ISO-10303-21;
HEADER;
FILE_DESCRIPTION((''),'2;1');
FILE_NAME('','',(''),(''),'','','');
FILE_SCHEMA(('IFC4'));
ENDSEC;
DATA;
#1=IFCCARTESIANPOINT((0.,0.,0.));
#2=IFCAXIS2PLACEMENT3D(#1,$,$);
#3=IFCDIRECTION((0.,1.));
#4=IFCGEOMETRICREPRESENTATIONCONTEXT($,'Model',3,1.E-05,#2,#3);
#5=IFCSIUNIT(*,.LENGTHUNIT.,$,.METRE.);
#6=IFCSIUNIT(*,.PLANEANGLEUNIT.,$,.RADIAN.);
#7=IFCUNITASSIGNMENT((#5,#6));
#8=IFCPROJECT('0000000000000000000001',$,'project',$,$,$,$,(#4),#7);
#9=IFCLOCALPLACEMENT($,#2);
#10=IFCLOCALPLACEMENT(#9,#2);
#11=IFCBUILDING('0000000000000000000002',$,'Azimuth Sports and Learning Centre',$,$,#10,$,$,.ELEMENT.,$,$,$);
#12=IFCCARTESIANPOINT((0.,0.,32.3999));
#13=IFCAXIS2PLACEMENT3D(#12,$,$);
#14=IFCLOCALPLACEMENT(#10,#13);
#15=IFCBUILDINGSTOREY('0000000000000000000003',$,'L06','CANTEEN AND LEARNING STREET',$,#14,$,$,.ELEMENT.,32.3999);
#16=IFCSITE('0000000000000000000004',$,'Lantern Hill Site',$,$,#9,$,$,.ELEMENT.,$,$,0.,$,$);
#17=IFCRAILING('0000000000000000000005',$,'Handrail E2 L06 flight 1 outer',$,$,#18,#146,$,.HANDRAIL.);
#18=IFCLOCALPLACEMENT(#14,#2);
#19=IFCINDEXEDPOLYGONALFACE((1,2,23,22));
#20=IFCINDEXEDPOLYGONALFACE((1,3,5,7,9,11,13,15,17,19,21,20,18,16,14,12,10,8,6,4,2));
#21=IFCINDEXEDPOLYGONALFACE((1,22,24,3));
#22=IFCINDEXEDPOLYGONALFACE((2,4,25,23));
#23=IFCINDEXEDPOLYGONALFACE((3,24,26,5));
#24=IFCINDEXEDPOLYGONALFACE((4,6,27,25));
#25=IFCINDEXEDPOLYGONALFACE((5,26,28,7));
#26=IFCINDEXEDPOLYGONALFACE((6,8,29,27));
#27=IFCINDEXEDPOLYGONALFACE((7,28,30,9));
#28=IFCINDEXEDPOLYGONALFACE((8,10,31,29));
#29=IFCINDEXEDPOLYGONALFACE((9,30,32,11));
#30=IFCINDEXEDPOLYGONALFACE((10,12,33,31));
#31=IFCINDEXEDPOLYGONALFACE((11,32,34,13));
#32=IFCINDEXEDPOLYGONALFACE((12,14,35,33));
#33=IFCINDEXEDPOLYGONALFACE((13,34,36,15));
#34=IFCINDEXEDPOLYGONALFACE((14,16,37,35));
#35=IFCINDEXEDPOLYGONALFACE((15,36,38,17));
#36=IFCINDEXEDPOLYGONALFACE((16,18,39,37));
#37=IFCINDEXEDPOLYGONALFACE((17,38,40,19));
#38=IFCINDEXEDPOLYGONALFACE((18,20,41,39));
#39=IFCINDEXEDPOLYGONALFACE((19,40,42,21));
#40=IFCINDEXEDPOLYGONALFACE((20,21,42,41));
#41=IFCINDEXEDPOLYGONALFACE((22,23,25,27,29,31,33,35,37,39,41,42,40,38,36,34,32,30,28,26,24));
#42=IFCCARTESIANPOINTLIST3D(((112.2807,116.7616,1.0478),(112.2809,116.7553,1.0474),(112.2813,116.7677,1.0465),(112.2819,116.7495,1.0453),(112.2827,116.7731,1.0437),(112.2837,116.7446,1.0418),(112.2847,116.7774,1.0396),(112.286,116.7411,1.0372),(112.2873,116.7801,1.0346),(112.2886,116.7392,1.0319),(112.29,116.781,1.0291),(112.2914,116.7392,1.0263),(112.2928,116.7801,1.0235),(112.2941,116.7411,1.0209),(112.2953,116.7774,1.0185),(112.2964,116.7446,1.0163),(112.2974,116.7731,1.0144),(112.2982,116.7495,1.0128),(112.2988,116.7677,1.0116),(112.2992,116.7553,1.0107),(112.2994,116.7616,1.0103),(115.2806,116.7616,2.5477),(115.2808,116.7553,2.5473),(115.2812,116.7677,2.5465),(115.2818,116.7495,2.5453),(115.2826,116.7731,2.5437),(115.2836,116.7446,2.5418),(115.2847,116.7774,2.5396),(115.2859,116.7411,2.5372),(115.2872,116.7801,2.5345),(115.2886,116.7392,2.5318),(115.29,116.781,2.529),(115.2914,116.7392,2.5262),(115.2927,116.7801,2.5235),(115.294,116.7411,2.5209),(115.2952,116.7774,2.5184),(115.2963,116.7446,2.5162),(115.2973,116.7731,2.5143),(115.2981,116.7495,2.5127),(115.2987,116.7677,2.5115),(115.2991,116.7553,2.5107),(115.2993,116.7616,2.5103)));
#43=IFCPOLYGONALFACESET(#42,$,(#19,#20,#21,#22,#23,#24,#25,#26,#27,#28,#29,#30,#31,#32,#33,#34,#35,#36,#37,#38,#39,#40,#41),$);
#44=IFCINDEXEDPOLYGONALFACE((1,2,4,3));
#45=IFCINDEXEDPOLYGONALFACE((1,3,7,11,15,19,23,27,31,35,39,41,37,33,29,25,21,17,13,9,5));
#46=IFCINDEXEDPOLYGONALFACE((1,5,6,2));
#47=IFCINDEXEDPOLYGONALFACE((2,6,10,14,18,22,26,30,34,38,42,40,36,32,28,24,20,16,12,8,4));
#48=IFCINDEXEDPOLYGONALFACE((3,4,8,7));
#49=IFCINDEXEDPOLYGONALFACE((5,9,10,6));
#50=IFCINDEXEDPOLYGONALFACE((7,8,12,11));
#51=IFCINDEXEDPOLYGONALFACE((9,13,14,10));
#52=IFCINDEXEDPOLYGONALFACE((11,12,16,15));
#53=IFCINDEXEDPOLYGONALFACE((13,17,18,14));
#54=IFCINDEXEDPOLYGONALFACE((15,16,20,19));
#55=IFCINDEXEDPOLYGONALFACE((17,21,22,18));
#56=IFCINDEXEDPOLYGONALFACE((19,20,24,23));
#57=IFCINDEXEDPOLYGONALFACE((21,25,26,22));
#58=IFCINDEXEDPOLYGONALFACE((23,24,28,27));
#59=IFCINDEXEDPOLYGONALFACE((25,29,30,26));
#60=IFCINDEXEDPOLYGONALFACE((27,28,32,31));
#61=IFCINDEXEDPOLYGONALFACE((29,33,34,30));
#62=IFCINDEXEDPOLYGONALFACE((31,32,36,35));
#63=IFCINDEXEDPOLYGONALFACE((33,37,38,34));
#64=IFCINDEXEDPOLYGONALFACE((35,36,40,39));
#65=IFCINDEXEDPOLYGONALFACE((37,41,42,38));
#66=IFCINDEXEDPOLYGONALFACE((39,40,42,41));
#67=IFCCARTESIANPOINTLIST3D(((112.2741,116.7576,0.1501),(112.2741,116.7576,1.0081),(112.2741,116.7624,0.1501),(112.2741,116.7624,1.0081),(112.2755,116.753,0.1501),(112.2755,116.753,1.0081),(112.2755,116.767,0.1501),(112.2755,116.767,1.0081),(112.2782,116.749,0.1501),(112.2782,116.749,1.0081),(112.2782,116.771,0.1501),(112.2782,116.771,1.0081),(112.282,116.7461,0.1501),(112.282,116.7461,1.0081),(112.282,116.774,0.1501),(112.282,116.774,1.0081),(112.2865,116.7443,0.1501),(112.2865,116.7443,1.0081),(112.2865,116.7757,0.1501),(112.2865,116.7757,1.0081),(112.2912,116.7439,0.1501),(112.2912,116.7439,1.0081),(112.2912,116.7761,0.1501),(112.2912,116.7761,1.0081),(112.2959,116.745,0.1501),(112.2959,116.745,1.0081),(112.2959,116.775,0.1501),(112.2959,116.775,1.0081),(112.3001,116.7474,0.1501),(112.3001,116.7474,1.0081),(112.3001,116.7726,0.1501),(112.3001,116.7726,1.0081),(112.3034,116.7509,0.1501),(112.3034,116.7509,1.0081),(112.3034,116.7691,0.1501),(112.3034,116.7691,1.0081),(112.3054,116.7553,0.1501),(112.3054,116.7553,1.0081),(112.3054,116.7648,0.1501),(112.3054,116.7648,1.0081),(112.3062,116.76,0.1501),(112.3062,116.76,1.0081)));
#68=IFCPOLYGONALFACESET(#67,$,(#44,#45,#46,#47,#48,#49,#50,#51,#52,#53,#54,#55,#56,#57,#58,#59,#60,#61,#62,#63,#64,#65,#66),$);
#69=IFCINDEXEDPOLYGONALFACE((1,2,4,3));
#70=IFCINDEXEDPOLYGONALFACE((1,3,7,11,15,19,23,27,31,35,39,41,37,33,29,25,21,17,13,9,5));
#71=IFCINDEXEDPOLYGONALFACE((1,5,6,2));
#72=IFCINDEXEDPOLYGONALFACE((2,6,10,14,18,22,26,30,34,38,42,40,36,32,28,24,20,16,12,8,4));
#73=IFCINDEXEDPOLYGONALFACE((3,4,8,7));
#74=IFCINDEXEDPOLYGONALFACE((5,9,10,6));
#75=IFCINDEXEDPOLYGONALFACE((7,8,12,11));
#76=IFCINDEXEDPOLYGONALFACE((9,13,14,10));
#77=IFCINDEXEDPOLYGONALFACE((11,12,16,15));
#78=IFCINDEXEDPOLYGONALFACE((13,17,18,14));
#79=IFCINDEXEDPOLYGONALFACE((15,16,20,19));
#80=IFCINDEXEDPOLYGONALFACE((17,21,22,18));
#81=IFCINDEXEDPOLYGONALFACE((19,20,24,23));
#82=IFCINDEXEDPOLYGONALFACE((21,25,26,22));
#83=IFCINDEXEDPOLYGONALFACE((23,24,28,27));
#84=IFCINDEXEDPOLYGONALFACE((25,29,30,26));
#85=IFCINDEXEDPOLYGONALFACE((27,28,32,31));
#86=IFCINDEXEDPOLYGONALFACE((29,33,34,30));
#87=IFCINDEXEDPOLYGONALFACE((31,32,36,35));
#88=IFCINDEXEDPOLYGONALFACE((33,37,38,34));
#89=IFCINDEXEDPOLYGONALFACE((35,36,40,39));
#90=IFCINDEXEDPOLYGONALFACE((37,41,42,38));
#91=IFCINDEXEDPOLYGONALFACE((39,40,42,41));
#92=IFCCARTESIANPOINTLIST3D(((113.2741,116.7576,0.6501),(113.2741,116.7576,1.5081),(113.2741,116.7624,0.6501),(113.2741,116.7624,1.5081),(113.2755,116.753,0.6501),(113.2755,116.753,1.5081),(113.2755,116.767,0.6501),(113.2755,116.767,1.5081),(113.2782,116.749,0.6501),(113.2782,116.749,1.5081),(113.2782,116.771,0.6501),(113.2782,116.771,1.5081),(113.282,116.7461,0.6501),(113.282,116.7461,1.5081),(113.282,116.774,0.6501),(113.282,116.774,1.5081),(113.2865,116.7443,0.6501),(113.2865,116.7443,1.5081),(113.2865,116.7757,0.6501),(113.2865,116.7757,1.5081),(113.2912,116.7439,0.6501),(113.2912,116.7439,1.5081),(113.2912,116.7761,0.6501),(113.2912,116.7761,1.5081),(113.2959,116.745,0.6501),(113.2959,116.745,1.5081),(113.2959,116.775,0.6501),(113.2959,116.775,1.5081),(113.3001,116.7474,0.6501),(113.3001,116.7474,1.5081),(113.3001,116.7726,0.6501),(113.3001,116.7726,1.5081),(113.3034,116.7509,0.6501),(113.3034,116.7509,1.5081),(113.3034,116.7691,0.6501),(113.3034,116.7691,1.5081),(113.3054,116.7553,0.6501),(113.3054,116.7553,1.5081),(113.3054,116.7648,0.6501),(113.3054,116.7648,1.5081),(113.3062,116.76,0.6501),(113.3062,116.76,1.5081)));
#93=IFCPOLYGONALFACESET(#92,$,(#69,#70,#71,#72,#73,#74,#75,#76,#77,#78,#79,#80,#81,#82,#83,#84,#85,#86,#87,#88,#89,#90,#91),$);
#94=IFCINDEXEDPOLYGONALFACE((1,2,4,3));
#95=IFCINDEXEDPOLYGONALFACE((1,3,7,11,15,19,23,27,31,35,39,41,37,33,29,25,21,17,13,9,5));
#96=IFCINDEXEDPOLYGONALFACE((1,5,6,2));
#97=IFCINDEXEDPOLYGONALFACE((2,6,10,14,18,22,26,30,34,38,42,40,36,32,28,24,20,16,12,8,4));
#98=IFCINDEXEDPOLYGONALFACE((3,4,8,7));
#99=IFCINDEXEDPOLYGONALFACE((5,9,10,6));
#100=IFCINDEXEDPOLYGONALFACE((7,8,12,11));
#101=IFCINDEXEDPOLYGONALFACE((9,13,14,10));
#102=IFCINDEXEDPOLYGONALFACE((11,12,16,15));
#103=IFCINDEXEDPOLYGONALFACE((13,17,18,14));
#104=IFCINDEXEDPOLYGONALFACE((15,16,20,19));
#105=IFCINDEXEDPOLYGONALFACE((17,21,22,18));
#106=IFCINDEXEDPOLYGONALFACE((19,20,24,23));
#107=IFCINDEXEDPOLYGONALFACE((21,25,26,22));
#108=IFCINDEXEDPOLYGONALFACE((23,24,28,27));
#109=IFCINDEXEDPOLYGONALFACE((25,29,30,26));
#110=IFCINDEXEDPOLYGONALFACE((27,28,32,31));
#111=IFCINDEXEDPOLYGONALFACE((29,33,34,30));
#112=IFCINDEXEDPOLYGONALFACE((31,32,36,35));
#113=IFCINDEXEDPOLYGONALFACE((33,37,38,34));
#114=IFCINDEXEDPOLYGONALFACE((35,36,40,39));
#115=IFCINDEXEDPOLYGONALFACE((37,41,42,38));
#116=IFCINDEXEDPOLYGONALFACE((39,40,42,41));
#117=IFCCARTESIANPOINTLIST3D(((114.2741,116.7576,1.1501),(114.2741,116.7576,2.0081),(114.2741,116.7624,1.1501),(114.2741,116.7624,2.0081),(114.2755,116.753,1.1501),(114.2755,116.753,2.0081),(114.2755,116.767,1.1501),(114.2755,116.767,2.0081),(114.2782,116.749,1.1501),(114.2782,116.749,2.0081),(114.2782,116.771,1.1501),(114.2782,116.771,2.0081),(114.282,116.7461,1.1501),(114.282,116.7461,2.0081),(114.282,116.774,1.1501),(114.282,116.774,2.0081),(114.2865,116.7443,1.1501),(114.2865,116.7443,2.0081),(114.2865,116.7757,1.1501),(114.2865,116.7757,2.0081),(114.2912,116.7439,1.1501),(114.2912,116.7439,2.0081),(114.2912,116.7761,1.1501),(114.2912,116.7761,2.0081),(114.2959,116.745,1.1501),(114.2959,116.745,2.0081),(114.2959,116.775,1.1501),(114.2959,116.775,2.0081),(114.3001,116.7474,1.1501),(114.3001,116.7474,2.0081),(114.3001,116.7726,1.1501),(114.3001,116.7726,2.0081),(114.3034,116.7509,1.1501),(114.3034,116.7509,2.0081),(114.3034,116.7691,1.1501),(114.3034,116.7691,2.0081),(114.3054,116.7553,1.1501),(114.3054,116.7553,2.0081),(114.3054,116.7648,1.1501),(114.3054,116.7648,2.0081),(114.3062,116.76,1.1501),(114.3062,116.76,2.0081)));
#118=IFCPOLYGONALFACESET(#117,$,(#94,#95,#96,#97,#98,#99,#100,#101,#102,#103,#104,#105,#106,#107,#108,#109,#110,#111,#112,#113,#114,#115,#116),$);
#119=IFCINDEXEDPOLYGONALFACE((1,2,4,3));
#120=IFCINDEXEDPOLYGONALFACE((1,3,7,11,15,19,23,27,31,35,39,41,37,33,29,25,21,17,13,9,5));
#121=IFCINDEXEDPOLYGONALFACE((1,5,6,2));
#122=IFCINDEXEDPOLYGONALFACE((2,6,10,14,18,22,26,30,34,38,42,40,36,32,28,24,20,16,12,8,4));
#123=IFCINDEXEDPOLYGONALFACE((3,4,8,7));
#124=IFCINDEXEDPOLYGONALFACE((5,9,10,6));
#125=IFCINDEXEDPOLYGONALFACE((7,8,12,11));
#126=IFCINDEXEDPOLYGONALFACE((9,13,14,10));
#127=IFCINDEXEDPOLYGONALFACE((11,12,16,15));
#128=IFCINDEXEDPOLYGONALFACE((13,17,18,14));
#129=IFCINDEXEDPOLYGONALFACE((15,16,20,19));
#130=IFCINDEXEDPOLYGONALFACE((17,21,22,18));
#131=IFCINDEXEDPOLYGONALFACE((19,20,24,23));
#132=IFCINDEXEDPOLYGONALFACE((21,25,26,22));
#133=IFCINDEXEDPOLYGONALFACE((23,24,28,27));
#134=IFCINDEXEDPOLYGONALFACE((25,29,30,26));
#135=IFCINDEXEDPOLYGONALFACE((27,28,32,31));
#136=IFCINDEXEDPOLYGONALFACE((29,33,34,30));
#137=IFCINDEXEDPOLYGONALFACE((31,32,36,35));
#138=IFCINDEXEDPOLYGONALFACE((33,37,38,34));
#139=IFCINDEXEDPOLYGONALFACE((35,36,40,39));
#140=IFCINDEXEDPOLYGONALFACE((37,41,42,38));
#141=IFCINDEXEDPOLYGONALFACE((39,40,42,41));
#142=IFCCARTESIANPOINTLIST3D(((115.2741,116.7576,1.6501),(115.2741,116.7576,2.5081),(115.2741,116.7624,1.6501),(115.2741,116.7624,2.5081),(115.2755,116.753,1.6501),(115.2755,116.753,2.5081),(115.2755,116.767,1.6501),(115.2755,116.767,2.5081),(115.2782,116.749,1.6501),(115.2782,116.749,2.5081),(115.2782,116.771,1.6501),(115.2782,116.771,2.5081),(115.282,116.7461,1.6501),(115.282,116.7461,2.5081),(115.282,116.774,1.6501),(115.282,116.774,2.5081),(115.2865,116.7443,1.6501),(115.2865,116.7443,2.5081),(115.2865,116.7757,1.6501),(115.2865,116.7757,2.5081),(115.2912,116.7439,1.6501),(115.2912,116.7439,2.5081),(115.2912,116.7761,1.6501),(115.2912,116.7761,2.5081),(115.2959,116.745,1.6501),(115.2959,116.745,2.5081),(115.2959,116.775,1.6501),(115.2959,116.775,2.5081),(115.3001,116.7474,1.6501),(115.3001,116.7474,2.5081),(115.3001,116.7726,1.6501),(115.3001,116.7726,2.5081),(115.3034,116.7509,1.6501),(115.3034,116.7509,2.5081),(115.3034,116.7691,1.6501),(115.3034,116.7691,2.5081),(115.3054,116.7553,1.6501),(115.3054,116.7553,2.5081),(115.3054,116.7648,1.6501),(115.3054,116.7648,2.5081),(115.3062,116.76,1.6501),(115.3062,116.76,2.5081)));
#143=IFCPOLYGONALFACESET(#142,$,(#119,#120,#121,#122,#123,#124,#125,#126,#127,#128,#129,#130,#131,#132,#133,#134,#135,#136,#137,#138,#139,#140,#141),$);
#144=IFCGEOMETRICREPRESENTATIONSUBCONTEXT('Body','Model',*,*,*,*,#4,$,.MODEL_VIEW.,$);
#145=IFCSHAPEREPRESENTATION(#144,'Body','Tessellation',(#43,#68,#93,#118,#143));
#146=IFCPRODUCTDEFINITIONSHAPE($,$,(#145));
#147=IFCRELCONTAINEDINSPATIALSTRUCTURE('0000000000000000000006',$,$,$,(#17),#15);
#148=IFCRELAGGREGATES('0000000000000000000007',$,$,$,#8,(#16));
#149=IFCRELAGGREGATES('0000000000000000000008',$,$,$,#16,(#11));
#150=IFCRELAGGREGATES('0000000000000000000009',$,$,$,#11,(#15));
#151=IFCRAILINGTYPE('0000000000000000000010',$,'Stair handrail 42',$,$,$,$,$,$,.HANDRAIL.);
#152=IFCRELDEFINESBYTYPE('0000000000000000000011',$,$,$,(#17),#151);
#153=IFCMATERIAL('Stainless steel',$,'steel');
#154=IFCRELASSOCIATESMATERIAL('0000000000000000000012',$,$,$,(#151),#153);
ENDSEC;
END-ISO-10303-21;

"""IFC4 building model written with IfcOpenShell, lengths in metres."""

from ifc_helpers import new_model, si_unit, direction, frame, origin, origin_2d, place, context, subcontext, project, spatial, circle, extrude, material, type_object, element, save


model = new_model("IFC4")

# Units and contexts
model_context = context("Model", 3, precision=1e-05, world=origin(), true_north=direction((0.0, 1.0)))
body_context = subcontext(model_context, "Body", "Model", "MODEL_VIEW")
ifc_project = project(units=[si_unit("LENGTHUNIT", "METRE"), si_unit("PLANEANGLEUNIT", "RADIAN")], contexts=[model_context])

# Site, building, storey
site_placement = place(None, origin())
site = spatial("IfcSite", under=ifc_project, at=site_placement, Name="Lantern Hill Site", CompositionType="ELEMENT", RefElevation=0.0)
building_placement = place(site_placement, origin())
building = spatial("IfcBuilding", under=site, at=building_placement, Name="Azimuth Sports and Learning Centre", CompositionType="ELEMENT")
storey_placement = place(building_placement, frame((0.0, 0.0, 32.3999)))
storey = spatial("IfcBuildingStorey", under=building, at=storey_placement, Name="L06", Description="CANTEEN AND LEARNING STREET", CompositionType="ELEMENT", Elevation=32.3999)

# Railing
ifc_material_1 = material(Name="Stainless steel", Category="steel")
railing_type_1 = type_object("IfcRailingType", Name="Stair handrail 42", PredefinedType="HANDRAIL", material=ifc_material_1)
for number, where, name in (
    (1, (112.29, 116.76, 0.1501), "Handrail E2 L06 flight 1 outer"),
):
    element("IfcRailing", number, at=place(storey_placement, frame(where)), inside=storey, type_object=railing_type_1, Name=name, PredefinedType="HANDRAIL", context=body_context, shape_type="SweptSolid", body=[
        extrude(circle(Radius=0.021, at=origin_2d()), frame((0.0, 0.0, 0.8789), z_axis=(0.894427, 0.0, 0.447214), x_axis=(0.0, 1.0, 0.0)), (0.0, 0.0, 1.0), 3.354),
        extrude(circle(Radius=0.0161, at=origin_2d()), origin(), (0.0, 0.0, 1.0), 0.8579),
        extrude(circle(Radius=0.0161, at=origin_2d()), frame((1.0, 0.0, 0.5)), (0.0, 0.0, 1.0), 0.8579),
        extrude(circle(Radius=0.0161, at=origin_2d()), frame((2.0, 0.0, 1.0)), (0.0, 0.0, 1.0), 0.8579),
        extrude(circle(Radius=0.0161, at=origin_2d()), frame((3.0, 0.0, 1.5)), (0.0, 0.0, 1.0), 0.8579),
    ])

save(model, "model.ifc")
